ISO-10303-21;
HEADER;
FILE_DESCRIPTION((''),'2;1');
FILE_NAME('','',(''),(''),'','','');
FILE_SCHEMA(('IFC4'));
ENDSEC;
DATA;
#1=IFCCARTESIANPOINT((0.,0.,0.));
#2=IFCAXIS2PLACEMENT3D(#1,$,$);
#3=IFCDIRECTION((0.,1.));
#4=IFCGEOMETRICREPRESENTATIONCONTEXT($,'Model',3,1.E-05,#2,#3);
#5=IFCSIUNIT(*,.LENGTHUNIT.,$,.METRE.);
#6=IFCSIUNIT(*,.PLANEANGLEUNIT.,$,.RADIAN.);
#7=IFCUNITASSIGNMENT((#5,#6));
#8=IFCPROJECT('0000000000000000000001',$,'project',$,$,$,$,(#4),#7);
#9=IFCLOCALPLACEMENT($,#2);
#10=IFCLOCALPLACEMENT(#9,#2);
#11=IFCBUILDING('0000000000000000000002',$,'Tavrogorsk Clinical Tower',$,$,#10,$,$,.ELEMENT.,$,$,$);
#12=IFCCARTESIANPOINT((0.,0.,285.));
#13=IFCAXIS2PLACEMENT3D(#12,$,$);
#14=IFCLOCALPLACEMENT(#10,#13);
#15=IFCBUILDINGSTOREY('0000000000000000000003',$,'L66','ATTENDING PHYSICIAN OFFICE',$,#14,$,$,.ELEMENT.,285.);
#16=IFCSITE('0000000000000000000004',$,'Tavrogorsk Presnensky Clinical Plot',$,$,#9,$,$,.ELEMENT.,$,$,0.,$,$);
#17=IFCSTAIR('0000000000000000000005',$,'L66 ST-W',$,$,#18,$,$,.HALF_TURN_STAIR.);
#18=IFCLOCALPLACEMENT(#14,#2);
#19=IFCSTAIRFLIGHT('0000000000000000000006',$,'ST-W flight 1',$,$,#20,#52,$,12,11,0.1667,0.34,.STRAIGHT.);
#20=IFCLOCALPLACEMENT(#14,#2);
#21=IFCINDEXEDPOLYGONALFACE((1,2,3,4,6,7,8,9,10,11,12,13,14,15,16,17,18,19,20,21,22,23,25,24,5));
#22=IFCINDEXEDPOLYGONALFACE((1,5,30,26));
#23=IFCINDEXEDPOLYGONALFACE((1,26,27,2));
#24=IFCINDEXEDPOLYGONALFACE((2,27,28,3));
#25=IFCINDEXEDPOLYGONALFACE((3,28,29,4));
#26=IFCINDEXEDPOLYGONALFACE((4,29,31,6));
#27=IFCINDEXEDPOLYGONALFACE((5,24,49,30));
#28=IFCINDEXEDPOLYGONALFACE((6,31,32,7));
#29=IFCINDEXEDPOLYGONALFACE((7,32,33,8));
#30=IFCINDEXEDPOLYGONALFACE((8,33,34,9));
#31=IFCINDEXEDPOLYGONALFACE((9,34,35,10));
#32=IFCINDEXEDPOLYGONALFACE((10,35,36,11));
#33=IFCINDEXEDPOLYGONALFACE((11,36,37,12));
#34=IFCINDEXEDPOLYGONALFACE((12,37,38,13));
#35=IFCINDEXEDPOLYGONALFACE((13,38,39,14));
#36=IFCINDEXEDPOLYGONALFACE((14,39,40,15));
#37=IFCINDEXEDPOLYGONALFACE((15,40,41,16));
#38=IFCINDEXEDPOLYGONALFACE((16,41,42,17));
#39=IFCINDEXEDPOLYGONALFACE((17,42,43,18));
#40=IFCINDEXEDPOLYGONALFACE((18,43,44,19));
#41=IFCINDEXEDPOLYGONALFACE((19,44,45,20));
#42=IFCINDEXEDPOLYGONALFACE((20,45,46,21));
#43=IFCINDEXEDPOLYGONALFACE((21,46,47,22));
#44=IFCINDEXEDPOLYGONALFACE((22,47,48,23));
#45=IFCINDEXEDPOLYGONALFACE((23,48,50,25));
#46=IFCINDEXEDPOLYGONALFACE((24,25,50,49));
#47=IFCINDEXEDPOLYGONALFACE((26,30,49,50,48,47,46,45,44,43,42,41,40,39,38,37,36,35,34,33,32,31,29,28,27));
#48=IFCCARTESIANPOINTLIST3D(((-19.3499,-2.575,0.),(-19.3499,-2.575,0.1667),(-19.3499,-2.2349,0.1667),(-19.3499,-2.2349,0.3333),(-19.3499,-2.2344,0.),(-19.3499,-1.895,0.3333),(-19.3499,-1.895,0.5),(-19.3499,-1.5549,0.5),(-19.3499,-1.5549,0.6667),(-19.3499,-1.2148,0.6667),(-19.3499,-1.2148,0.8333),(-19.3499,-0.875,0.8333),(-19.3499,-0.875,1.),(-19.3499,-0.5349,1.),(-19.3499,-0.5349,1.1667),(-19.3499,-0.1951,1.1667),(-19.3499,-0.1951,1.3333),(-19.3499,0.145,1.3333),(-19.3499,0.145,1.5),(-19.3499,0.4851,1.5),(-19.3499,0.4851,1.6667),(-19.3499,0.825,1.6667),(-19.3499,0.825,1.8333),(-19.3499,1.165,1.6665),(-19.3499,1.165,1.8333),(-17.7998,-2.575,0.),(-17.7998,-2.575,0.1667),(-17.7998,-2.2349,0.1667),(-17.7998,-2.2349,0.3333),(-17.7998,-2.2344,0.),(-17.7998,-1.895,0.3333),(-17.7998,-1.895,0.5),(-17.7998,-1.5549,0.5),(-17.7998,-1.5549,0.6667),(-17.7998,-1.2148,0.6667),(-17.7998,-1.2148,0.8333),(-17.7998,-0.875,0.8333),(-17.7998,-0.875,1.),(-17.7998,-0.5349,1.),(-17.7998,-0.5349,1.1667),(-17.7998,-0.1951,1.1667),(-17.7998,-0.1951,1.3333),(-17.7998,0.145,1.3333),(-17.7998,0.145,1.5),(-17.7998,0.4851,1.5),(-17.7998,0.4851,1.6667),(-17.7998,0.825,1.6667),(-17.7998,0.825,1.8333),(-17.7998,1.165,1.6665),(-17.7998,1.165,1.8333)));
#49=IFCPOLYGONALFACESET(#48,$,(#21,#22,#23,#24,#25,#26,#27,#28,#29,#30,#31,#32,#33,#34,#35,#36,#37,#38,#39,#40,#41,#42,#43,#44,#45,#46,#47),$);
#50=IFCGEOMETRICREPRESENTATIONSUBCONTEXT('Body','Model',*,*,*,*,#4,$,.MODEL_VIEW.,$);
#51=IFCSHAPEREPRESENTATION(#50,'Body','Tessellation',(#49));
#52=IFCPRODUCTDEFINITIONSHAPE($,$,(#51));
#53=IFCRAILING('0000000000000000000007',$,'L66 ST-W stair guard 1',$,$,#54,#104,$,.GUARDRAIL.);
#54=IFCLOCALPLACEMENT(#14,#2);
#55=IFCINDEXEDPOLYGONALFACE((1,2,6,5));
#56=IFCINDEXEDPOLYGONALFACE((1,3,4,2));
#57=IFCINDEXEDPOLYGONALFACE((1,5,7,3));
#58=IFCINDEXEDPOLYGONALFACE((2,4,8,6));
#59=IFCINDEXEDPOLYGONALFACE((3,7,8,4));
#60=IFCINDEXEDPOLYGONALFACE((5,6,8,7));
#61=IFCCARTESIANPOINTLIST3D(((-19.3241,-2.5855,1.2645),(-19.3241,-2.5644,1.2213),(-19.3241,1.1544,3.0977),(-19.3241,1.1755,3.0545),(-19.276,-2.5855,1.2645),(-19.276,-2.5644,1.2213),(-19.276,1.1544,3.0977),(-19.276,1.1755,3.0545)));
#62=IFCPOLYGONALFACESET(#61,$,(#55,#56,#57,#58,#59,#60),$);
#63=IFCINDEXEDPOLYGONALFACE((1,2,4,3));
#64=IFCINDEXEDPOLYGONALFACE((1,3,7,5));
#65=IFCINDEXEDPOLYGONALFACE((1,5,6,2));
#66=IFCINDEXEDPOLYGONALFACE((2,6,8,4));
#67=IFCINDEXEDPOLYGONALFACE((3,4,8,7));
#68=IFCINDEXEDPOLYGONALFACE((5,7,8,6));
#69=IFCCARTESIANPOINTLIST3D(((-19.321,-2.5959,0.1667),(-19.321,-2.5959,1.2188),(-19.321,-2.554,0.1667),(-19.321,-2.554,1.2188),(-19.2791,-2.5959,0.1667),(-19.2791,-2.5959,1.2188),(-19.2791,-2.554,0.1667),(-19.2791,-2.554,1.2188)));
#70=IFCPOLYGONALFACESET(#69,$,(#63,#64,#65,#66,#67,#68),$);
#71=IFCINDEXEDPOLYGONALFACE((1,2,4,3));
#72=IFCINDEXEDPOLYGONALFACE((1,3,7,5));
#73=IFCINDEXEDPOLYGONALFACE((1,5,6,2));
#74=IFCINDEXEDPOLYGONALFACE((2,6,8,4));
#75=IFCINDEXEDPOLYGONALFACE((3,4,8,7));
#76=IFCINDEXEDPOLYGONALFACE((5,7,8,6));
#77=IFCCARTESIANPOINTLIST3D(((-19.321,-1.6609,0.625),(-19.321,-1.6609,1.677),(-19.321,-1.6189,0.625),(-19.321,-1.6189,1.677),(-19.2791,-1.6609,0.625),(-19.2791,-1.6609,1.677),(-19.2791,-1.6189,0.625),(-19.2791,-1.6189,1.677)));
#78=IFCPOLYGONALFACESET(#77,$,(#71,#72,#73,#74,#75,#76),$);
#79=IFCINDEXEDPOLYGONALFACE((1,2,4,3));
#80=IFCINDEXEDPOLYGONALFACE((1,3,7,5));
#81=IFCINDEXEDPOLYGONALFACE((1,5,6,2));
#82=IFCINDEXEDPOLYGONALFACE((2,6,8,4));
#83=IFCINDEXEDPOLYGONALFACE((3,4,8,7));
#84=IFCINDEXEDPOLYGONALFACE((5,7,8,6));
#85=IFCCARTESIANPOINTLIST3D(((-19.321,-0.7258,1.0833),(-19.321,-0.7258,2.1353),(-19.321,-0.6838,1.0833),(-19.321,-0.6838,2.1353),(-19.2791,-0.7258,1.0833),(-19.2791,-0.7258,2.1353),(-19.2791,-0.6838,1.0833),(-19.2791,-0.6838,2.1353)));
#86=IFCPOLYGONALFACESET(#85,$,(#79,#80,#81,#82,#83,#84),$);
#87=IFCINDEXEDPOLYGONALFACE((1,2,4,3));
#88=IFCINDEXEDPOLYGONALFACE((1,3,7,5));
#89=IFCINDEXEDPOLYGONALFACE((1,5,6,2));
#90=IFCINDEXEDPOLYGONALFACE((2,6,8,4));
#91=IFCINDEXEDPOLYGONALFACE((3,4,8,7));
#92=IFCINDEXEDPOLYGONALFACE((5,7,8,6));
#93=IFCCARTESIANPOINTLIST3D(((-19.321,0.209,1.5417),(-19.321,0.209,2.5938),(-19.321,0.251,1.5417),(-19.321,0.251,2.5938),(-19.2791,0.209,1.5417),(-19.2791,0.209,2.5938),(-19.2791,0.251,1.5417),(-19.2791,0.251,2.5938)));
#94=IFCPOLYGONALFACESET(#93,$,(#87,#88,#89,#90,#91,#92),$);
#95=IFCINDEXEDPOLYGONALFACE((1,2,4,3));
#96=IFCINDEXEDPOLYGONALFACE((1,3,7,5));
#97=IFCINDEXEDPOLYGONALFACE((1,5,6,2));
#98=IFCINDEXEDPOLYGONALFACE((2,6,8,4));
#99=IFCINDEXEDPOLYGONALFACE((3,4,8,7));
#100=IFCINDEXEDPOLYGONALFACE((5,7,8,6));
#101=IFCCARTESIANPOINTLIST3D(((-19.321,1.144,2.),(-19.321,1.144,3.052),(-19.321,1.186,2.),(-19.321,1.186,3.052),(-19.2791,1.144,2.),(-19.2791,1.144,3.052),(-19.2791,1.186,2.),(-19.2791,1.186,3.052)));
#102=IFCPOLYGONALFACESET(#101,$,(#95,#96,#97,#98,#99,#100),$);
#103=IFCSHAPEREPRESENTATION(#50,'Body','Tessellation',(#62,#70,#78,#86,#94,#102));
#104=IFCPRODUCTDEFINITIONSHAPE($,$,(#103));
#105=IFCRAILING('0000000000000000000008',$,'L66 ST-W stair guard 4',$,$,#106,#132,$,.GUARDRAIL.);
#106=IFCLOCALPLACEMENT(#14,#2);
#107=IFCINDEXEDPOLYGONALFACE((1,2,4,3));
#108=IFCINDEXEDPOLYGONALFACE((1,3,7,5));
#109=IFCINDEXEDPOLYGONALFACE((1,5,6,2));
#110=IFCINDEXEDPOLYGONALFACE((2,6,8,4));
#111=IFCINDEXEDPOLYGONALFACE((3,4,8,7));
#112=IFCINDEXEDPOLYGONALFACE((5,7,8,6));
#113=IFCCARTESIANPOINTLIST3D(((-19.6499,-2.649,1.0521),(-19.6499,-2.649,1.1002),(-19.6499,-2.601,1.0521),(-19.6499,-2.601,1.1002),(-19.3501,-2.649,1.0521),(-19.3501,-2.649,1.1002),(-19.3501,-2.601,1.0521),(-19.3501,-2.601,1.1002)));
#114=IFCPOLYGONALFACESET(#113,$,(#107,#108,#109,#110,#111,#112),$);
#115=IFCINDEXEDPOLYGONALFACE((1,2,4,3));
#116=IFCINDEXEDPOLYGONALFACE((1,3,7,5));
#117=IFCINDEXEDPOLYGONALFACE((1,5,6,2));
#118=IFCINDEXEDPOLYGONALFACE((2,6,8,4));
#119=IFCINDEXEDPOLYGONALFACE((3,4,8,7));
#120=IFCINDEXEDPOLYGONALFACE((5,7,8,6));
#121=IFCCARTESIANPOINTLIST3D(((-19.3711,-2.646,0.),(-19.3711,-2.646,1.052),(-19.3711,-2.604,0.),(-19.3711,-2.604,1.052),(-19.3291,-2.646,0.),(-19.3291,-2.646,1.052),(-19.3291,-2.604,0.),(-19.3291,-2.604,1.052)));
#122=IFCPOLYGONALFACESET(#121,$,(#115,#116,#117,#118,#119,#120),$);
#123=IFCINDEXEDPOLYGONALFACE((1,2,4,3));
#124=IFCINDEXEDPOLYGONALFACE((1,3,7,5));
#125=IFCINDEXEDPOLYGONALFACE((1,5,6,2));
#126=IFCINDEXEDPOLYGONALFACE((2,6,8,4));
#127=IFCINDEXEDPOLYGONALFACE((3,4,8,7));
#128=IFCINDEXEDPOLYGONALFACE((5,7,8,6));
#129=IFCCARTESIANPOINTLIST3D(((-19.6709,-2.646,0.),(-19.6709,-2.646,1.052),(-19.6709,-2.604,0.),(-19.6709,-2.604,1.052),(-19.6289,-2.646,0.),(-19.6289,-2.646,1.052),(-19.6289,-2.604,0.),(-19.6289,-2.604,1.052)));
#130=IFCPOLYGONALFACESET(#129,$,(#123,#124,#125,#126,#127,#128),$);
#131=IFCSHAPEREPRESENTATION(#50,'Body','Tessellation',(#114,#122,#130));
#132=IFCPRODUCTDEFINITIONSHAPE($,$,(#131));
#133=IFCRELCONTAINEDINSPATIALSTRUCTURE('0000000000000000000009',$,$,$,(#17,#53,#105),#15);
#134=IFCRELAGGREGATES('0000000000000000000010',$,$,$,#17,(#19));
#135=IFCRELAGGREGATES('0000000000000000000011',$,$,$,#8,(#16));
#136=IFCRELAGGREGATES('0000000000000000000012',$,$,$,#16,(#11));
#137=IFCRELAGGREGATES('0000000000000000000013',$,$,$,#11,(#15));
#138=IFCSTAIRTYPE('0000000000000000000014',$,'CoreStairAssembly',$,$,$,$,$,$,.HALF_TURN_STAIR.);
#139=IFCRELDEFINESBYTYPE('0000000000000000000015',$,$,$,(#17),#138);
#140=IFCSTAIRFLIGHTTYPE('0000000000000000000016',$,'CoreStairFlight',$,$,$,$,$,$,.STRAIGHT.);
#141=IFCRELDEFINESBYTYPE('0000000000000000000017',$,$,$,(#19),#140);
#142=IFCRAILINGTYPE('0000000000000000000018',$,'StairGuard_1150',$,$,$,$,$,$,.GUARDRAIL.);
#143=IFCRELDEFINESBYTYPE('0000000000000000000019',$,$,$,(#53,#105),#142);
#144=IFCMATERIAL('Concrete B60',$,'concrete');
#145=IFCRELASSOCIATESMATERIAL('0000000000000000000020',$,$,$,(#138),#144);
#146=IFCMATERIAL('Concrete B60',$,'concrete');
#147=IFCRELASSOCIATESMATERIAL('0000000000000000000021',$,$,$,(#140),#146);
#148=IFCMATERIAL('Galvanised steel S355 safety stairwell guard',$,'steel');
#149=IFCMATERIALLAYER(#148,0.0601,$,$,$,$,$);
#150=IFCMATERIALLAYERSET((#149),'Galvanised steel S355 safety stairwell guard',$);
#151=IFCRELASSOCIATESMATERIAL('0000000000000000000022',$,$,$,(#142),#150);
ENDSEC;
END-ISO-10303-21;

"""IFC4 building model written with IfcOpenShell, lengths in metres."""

from ifc_helpers import new_model, si_unit, direction, frame, origin, origin_2d, place, context, subcontext, project, spatial, polyline, rectangle, outline, extrude, material, layer, layer_set, type_object, element, aggregate, save


model = new_model("IFC4")

# Units and contexts
model_context = context("Model", 3, precision=1e-05, world=origin(), true_north=direction((0.0, 1.0)))
body_context = subcontext(model_context, "Body", "Model", "MODEL_VIEW")
ifc_project = project(units=[si_unit("LENGTHUNIT", "METRE"), si_unit("PLANEANGLEUNIT", "RADIAN")], contexts=[model_context])

# Site, building, storey
site_placement = place(None, origin())
site = spatial("IfcSite", under=ifc_project, at=site_placement, Name="Tavrogorsk Presnensky Clinical Plot", CompositionType="ELEMENT", RefElevation=0.0)
building_placement = place(site_placement, origin())
building = spatial("IfcBuilding", under=site, at=building_placement, Name="Tavrogorsk Clinical Tower", CompositionType="ELEMENT")
storey_placement = place(building_placement, frame((0.0, 0.0, 285.0)))
storey = spatial("IfcBuildingStorey", under=building, at=storey_placement, Name="L66", Description="ATTENDING PHYSICIAN OFFICE", CompositionType="ELEMENT", Elevation=285.0)

# Stair, stair flight
ifc_material_1 = material(Name="Concrete B60", Category="concrete")
stair_type = type_object("IfcStairType", Name="CoreStairAssembly", PredefinedType="HALF_TURN_STAIR", material=ifc_material_1)
stair_placement = place(storey_placement, origin())
stair = element("IfcStair", 1, at=stair_placement, inside=storey, type_object=stair_type, Name="L66 ST-W", PredefinedType="HALF_TURN_STAIR")
ifc_material_2 = material(Name="Concrete B60", Category="concrete")
stair_flight_type = type_object("IfcStairFlightType", Name="CoreStairFlight", PredefinedType="STRAIGHT", material=ifc_material_2)
stair_flight_placement = place(storey_placement, frame((-18.575, -2.575, 0.0), z_axis=(0.0, 0.0, 1.0), x_axis=(0.0, 1.0, 0.0)))
stair_flight = element("IfcStairFlight", 2, at=stair_flight_placement, type_object=stair_flight_type, Name="ST-W flight 1", NumberOfRisers=12, NumberOfTreads=11, PredefinedType="STRAIGHT", RiserHeight=0.1667, TreadLength=0.34, context=body_context, shape_type="SweptSolid", body=[
    extrude(outline(polyline([(0.0, 0.0), (0.0, 0.1667), (0.3401, 0.1667), (0.3401, 0.3333), (0.6799, 0.3333), (0.6799, 0.5), (1.02, 0.5), (1.02, 0.6667), (1.3601, 0.6667), (1.3601, 0.8333), (1.7, 0.8333), (1.7, 1.0), (2.04, 1.0), (2.04, 1.1667), (2.3799, 1.1667), (2.3799, 1.3333), (2.72, 1.3333), (2.72, 1.5), (3.0601, 1.5), (3.0601, 1.6667), (3.3999, 1.6667), (3.3999, 1.8333), (3.74, 1.8333), (3.74, 2.0), (3.74, 1.6665), (0.3406, 0.0), (0.0, 0.0)])), frame((0.0, 0.7749, 0.0), z_axis=(0.0, -1.0, 0.0), x_axis=(1.0, 0.0, 0.0)), (0.0, 0.0, 1.0), 1.55),
])
aggregate(stair, [stair_flight])

# Railings
ifc_material_3 = material(Name="Galvanised steel S355 safety stairwell guard", Category="steel")
ifc_layer_1 = layer(ifc_material_3, 0.0601)
ifc_layer_set_1 = layer_set([ifc_layer_1], Name="Galvanised steel S355 safety stairwell guard")
railing_type = type_object("IfcRailingType", Name="StairGuard_1150", PredefinedType="GUARDRAIL", material=ifc_layer_set_1)
railing_1_placement = place(storey_placement, frame((-19.3, -2.575, 0.1667)))
element("IfcRailing", 3, at=railing_1_placement, inside=storey, type_object=railing_type, Name="L66 ST-W stair guard 1", PredefinedType="GUARDRAIL", context=body_context, shape_type="SweptSolid", body=[
    extrude(rectangle(XDim=0.0481, YDim=0.0481, at=origin_2d()), frame((0.0, 0.0, 1.0762), z_axis=(0.0, 0.897928, 0.440142), x_axis=(-1.0, 0.0, 0.0)), (0.0, 0.0, 1.0), 4.165),
    extrude(rectangle(XDim=0.042, YDim=0.042, at=origin_2d()), origin(), (0.0, 0.0, 1.0), 1.052),
    extrude(rectangle(XDim=0.042, YDim=0.042, at=origin_2d()), frame((0.0, 0.9351, 0.4583)), (0.0, 0.0, 1.0), 1.052),
    extrude(rectangle(XDim=0.042, YDim=0.042, at=origin_2d()), frame((0.0, 1.8701, 0.9165)), (0.0, 0.0, 1.0), 1.052),
    extrude(rectangle(XDim=0.042, YDim=0.042, at=origin_2d()), frame((0.0, 2.8049, 1.375)), (0.0, 0.0, 1.0), 1.052),
    extrude(rectangle(XDim=0.042, YDim=0.042, at=origin_2d()), frame((0.0, 3.74, 1.8333)), (0.0, 0.0, 1.0), 1.052),
])
railing_2_placement = place(storey_placement, frame((-19.3501, -2.625, 0.0)))
element("IfcRailing", 4, at=railing_2_placement, inside=storey, type_object=railing_type, Name="L66 ST-W stair guard 4", PredefinedType="GUARDRAIL", context=body_context, shape_type="SweptSolid", body=[
    extrude(rectangle(XDim=0.0481, YDim=0.0481, at=origin_2d()), frame((0.0, 0.0, 1.0762), z_axis=(-1.0, 0.0, 0.0), x_axis=(0.0, -1.0, 0.0)), (0.0, 0.0, 1.0), 0.2998),
    extrude(rectangle(XDim=0.042, YDim=0.042, at=origin_2d()), origin(), (0.0, 0.0, 1.0), 1.052),
    extrude(rectangle(XDim=0.042, YDim=0.042, at=origin_2d()), frame((-0.2998, 0.0, 0.0)), (0.0, 0.0, 1.0), 1.052),
])

save(model, "model.ifc")
